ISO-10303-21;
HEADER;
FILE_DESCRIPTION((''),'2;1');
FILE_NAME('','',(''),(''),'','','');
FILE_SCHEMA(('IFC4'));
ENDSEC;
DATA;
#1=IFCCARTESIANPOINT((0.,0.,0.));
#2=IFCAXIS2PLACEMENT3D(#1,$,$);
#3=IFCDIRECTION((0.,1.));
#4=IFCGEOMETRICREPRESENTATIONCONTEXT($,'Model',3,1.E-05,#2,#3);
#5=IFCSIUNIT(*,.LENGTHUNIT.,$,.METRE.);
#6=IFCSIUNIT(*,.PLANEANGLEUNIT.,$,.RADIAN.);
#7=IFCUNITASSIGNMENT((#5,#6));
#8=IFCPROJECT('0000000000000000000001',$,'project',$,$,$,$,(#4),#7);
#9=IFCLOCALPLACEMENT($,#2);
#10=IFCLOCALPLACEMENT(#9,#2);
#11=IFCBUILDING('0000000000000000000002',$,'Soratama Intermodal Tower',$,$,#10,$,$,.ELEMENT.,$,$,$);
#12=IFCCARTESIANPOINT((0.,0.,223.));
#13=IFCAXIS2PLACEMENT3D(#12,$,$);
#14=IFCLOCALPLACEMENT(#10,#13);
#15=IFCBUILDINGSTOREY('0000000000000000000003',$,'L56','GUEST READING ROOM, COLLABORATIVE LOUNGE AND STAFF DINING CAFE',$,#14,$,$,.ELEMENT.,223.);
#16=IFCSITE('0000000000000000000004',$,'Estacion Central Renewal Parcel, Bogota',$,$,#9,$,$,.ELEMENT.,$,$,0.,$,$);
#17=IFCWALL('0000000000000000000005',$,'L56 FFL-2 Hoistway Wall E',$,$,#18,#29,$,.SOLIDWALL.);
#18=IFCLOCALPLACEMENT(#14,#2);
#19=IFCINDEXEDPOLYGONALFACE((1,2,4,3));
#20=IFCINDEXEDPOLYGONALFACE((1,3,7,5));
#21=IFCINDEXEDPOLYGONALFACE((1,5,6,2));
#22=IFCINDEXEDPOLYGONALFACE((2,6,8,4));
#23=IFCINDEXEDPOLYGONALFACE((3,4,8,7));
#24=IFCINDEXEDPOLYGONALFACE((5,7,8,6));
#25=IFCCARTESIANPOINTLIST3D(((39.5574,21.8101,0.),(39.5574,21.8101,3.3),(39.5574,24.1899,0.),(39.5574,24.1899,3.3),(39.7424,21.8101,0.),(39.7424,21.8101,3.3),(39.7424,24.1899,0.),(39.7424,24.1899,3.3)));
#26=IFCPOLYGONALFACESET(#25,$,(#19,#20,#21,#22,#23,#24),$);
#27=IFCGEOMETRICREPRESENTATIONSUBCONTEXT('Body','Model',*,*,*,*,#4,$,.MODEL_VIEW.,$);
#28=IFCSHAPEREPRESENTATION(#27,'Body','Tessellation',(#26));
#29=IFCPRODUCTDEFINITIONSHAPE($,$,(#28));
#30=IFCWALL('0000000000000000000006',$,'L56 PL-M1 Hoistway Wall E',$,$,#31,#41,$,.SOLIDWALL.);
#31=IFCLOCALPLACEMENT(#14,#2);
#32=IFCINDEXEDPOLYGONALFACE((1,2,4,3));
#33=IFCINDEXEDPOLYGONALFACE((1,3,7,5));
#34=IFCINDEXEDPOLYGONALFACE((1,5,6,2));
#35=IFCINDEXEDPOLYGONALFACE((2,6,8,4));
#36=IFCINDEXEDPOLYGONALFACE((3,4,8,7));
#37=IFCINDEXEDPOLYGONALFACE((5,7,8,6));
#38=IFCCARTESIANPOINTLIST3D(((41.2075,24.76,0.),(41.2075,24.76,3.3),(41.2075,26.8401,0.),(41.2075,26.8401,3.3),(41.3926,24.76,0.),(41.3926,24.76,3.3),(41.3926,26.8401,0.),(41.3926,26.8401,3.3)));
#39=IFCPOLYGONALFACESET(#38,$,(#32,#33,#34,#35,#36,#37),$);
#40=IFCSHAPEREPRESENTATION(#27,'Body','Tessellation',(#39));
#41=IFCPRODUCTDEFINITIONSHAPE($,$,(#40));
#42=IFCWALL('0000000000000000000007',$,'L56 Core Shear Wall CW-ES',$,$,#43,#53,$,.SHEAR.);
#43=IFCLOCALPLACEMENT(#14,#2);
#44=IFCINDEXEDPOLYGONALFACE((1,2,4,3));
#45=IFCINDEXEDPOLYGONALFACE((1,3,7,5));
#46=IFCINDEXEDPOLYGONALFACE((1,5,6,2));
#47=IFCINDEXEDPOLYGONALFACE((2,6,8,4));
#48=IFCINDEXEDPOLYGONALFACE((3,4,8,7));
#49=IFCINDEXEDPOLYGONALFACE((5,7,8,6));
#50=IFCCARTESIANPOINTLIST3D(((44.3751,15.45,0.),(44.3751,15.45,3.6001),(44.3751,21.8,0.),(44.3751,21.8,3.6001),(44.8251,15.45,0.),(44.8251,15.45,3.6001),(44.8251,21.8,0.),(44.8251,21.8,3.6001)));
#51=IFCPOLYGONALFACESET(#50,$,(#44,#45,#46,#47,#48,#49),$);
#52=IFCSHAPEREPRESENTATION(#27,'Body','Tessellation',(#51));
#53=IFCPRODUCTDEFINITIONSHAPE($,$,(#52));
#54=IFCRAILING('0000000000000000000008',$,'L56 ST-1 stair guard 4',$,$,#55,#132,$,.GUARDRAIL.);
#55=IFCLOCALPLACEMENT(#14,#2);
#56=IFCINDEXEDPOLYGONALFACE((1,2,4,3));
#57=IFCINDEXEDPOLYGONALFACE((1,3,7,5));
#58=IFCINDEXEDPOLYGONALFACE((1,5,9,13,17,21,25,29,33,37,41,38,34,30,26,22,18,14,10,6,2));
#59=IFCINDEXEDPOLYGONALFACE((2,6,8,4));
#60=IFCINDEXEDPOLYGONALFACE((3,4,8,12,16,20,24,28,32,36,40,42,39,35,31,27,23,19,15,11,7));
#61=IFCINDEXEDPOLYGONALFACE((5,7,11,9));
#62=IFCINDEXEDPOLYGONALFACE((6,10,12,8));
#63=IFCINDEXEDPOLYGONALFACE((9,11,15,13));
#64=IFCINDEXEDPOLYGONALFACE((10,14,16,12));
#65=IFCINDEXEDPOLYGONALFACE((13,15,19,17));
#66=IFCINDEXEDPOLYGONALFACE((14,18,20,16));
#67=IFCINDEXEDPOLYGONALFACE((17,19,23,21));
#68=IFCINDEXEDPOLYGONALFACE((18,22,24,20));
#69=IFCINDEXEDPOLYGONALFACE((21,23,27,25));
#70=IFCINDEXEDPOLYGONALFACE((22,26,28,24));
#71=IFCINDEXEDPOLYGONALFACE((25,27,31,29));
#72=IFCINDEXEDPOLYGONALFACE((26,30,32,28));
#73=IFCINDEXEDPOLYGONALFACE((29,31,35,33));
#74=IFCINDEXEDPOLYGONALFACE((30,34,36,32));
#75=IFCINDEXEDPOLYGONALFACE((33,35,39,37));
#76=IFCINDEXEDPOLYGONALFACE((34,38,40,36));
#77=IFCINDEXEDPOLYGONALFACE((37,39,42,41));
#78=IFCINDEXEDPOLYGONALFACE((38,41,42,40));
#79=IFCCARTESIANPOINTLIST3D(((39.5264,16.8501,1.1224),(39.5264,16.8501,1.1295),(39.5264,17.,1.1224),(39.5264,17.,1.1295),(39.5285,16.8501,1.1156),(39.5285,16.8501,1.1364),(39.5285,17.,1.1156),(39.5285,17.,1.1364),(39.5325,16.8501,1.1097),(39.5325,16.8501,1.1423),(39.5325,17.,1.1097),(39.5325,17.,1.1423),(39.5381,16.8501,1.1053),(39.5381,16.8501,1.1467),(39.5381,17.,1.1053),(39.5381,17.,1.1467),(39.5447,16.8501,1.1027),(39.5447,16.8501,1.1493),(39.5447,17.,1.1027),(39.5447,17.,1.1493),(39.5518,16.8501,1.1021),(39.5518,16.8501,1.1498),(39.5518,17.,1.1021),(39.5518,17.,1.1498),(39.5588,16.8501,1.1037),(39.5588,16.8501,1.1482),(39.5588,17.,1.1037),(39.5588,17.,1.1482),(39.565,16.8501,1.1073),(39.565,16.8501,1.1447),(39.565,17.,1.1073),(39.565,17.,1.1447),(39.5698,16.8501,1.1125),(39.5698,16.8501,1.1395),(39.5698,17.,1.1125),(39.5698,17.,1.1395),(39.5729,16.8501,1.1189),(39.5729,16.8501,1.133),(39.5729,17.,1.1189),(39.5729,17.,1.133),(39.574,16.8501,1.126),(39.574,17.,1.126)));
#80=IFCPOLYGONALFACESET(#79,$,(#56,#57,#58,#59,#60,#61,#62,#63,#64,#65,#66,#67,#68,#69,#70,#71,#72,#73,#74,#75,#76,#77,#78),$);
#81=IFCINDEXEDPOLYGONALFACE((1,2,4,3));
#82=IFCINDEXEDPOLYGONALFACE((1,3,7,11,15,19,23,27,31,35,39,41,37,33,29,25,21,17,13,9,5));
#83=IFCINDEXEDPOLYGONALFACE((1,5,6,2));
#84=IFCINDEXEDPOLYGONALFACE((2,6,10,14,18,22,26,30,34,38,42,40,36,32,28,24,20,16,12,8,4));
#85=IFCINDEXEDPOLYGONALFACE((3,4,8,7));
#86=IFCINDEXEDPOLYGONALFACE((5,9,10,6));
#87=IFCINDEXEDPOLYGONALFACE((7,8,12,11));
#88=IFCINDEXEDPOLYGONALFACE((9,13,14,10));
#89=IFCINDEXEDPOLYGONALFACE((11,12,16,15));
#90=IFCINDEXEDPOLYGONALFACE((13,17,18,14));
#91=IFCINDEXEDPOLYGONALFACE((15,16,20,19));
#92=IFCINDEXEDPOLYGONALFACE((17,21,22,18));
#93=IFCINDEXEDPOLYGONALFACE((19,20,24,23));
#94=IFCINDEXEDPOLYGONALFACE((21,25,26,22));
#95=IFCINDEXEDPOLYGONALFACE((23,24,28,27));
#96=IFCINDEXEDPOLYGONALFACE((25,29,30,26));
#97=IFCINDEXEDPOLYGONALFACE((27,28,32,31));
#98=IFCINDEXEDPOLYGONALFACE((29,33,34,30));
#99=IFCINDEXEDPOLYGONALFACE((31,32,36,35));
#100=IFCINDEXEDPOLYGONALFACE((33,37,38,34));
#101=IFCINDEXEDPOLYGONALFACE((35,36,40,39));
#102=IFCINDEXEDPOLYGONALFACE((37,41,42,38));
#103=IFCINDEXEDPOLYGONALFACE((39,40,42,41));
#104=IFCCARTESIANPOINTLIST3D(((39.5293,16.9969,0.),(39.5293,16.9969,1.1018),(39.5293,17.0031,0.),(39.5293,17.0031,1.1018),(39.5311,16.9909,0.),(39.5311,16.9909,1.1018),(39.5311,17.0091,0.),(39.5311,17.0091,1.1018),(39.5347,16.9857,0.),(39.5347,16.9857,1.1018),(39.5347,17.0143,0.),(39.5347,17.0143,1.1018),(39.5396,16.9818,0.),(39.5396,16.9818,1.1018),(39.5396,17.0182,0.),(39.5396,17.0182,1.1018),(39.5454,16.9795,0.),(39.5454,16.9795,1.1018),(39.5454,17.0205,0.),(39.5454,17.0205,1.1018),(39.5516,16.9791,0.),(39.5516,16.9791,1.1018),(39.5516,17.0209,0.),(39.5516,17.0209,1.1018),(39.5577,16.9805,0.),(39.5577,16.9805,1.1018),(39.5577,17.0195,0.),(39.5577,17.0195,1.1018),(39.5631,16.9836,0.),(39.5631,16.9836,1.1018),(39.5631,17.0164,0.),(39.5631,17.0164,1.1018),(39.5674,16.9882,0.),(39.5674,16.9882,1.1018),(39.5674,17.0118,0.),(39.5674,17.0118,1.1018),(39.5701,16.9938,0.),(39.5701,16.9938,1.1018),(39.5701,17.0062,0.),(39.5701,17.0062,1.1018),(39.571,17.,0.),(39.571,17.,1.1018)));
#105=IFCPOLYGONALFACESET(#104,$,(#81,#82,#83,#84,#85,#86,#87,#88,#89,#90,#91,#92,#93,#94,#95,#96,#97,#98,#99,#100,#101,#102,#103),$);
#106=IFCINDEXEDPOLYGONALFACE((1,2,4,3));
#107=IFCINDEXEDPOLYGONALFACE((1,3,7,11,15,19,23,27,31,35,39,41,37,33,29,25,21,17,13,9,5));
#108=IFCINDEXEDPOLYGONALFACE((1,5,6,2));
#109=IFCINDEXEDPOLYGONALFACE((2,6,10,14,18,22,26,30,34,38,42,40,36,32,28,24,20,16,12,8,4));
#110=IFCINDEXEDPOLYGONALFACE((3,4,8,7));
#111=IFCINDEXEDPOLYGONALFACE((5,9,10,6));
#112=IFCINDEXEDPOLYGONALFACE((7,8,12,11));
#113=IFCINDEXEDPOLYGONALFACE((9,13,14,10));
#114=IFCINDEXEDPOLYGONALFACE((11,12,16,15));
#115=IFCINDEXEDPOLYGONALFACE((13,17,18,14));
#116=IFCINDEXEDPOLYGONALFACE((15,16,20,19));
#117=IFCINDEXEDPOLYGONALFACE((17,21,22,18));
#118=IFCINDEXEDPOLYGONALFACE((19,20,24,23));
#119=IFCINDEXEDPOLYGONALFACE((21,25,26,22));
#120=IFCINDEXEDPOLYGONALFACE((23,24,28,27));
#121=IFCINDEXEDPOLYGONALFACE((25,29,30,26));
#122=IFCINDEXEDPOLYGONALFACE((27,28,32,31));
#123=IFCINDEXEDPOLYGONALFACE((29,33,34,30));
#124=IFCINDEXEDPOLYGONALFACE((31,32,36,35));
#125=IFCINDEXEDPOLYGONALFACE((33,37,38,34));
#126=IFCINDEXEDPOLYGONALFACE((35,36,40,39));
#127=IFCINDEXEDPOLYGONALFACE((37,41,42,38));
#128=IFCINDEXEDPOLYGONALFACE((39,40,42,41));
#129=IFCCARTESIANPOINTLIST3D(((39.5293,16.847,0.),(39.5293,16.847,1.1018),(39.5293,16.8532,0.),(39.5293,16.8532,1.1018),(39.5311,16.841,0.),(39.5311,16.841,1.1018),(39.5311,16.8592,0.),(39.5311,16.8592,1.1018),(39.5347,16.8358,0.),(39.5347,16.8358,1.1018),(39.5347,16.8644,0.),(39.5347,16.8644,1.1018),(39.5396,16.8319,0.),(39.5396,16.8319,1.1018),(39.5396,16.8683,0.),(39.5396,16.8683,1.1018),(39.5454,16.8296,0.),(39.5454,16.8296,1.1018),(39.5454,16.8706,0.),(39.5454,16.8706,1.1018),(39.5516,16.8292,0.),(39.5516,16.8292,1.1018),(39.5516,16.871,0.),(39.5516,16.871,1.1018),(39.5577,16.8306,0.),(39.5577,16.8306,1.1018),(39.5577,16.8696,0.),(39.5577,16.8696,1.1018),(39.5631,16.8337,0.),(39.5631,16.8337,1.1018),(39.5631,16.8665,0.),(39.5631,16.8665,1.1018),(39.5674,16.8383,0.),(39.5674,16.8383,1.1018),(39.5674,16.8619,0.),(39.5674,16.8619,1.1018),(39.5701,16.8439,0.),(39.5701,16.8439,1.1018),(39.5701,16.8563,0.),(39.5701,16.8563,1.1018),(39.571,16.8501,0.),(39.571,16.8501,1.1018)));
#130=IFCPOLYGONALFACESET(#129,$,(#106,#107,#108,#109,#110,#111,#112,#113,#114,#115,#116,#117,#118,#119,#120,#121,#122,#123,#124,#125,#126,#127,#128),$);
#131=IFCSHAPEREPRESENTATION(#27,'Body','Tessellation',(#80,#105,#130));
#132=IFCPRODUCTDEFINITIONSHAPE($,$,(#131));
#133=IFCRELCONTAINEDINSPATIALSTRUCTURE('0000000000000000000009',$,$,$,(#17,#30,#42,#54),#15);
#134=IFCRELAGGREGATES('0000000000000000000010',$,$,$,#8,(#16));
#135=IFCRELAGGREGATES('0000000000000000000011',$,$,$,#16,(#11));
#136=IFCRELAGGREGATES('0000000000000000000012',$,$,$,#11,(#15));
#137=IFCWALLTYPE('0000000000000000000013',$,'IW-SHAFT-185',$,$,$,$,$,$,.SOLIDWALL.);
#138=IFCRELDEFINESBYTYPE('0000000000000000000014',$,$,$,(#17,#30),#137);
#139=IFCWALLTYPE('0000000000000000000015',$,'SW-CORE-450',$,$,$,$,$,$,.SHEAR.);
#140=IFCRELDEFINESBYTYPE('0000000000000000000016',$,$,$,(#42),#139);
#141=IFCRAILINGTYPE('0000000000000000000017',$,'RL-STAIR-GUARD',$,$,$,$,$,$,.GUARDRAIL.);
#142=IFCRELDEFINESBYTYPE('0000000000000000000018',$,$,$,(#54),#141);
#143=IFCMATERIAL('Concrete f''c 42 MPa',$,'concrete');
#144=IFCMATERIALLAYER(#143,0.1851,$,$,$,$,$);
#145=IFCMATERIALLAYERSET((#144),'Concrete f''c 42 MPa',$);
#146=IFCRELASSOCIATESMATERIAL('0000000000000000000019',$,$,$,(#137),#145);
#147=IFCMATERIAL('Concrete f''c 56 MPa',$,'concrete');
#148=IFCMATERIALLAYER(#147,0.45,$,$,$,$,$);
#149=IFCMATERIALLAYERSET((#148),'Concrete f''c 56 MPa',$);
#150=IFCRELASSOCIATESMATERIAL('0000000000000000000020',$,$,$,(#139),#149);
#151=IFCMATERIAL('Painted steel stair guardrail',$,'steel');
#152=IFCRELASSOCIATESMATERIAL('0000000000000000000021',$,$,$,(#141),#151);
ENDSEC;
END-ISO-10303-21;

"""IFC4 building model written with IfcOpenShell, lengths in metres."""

from ifc_helpers import new_model, si_unit, direction, frame, frame_2d, origin, origin_2d, place, context, subcontext, project, spatial, rectangle, circle, extrude, material, layer, layer_set, type_object, element, save


model = new_model("IFC4")

# Units and contexts
model_context = context("Model", 3, precision=1e-05, world=origin(), true_north=direction((0.0, 1.0)))
body_context = subcontext(model_context, "Body", "Model", "MODEL_VIEW")
ifc_project = project(units=[si_unit("LENGTHUNIT", "METRE"), si_unit("PLANEANGLEUNIT", "RADIAN")], contexts=[model_context])

# Site, building, storey
site_placement = place(None, origin())
site = spatial("IfcSite", under=ifc_project, at=site_placement, Name="Estacion Central Renewal Parcel, Bogota", CompositionType="ELEMENT", RefElevation=0.0)
building_placement = place(site_placement, origin())
building = spatial("IfcBuilding", under=site, at=building_placement, Name="Soratama Intermodal Tower", CompositionType="ELEMENT")
storey_placement = place(building_placement, frame((0.0, 0.0, 223.0)))
storey = spatial("IfcBuildingStorey", under=building, at=storey_placement, Name="L56", Description="GUEST READING ROOM, COLLABORATIVE LOUNGE AND STAFF DINING CAFE", CompositionType="ELEMENT", Elevation=223.0)

# Walls
ifc_material_1 = material(Name="Concrete f'c 42 MPa", Category="concrete")
ifc_layer_1 = layer(ifc_material_1, 0.1851)
ifc_layer_set_1 = layer_set([ifc_layer_1], Name="Concrete f'c 42 MPa")
wall_type_1 = type_object("IfcWallType", Name="IW-SHAFT-185", PredefinedType="SOLIDWALL", material=ifc_layer_set_1)
wall_1_placement = place(storey_placement, frame((39.6499, 21.8101, 0.0), z_axis=(0.0, 0.0, 1.0), x_axis=(0.0, 1.0, 0.0)))
element("IfcWall", 1, at=wall_1_placement, inside=storey, type_object=wall_type_1, Name="L56 FFL-2 Hoistway Wall E", PredefinedType="SOLIDWALL", context=body_context, shape_type="SweptSolid", body=[
    extrude(rectangle(XDim=2.3799, YDim=0.1851, at=frame_2d((1.1899, 0.0))), origin(), (0.0, 0.0, 1.0), 3.3),
])
wall_2_placement = place(storey_placement, frame((41.3, 24.76, 0.0), z_axis=(0.0, 0.0, 1.0), x_axis=(0.0, 1.0, 0.0)))
element("IfcWall", 2, at=wall_2_placement, inside=storey, type_object=wall_type_1, Name="L56 PL-M1 Hoistway Wall E", PredefinedType="SOLIDWALL", context=body_context, shape_type="SweptSolid", body=[
    extrude(rectangle(XDim=2.0801, YDim=0.1851, at=frame_2d((1.04, 0.0))), origin(), (0.0, 0.0, 1.0), 3.3),
])
ifc_material_2 = material(Name="Concrete f'c 56 MPa", Category="concrete")
ifc_layer_2 = layer(ifc_material_2, 0.45)
ifc_layer_set_2 = layer_set([ifc_layer_2], Name="Concrete f'c 56 MPa")
wall_type_2 = type_object("IfcWallType", Name="SW-CORE-450", PredefinedType="SHEAR", material=ifc_layer_set_2)
wall_3_placement = place(storey_placement, frame((44.6001, 15.45, 0.0), z_axis=(0.0, 0.0, 1.0), x_axis=(0.0, 1.0, 0.0)))
element("IfcWall", 3, at=wall_3_placement, inside=storey, type_object=wall_type_2, Name="L56 Core Shear Wall CW-ES", PredefinedType="SHEAR", context=body_context, shape_type="SweptSolid", body=[
    extrude(rectangle(XDim=6.3501, YDim=0.45, at=frame_2d((3.175, 0.0))), origin(), (0.0, 0.0, 1.0), 3.6001),
])

# Railing
ifc_material_3 = material(Name="Painted steel stair guardrail", Category="steel")
railing_type = type_object("IfcRailingType", Name="RL-STAIR-GUARD", PredefinedType="GUARDRAIL", material=ifc_material_3)
railing_placement = place(storey_placement, frame((39.55, 17.0, 0.0)))
element("IfcRailing", 4, at=railing_placement, inside=storey, type_object=railing_type, Name="L56 ST-1 stair guard 4", PredefinedType="GUARDRAIL", context=body_context, shape_type="SweptSolid", body=[
    extrude(circle(Radius=0.0239, at=origin_2d()), frame((0.0, 0.0, 1.126), z_axis=(0.0, -1.0, 0.0), x_axis=(1.0, 0.0, 0.0)), (0.0, 0.0, 1.0), 0.1499),
    extrude(circle(Radius=0.021, at=origin_2d()), origin(), (0.0, 0.0, 1.0), 1.1018),
    extrude(circle(Radius=0.021, at=origin_2d()), frame((0.0, -0.1499, 0.0)), (0.0, 0.0, 1.0), 1.1018),
])

save(model, "model.ifc")
